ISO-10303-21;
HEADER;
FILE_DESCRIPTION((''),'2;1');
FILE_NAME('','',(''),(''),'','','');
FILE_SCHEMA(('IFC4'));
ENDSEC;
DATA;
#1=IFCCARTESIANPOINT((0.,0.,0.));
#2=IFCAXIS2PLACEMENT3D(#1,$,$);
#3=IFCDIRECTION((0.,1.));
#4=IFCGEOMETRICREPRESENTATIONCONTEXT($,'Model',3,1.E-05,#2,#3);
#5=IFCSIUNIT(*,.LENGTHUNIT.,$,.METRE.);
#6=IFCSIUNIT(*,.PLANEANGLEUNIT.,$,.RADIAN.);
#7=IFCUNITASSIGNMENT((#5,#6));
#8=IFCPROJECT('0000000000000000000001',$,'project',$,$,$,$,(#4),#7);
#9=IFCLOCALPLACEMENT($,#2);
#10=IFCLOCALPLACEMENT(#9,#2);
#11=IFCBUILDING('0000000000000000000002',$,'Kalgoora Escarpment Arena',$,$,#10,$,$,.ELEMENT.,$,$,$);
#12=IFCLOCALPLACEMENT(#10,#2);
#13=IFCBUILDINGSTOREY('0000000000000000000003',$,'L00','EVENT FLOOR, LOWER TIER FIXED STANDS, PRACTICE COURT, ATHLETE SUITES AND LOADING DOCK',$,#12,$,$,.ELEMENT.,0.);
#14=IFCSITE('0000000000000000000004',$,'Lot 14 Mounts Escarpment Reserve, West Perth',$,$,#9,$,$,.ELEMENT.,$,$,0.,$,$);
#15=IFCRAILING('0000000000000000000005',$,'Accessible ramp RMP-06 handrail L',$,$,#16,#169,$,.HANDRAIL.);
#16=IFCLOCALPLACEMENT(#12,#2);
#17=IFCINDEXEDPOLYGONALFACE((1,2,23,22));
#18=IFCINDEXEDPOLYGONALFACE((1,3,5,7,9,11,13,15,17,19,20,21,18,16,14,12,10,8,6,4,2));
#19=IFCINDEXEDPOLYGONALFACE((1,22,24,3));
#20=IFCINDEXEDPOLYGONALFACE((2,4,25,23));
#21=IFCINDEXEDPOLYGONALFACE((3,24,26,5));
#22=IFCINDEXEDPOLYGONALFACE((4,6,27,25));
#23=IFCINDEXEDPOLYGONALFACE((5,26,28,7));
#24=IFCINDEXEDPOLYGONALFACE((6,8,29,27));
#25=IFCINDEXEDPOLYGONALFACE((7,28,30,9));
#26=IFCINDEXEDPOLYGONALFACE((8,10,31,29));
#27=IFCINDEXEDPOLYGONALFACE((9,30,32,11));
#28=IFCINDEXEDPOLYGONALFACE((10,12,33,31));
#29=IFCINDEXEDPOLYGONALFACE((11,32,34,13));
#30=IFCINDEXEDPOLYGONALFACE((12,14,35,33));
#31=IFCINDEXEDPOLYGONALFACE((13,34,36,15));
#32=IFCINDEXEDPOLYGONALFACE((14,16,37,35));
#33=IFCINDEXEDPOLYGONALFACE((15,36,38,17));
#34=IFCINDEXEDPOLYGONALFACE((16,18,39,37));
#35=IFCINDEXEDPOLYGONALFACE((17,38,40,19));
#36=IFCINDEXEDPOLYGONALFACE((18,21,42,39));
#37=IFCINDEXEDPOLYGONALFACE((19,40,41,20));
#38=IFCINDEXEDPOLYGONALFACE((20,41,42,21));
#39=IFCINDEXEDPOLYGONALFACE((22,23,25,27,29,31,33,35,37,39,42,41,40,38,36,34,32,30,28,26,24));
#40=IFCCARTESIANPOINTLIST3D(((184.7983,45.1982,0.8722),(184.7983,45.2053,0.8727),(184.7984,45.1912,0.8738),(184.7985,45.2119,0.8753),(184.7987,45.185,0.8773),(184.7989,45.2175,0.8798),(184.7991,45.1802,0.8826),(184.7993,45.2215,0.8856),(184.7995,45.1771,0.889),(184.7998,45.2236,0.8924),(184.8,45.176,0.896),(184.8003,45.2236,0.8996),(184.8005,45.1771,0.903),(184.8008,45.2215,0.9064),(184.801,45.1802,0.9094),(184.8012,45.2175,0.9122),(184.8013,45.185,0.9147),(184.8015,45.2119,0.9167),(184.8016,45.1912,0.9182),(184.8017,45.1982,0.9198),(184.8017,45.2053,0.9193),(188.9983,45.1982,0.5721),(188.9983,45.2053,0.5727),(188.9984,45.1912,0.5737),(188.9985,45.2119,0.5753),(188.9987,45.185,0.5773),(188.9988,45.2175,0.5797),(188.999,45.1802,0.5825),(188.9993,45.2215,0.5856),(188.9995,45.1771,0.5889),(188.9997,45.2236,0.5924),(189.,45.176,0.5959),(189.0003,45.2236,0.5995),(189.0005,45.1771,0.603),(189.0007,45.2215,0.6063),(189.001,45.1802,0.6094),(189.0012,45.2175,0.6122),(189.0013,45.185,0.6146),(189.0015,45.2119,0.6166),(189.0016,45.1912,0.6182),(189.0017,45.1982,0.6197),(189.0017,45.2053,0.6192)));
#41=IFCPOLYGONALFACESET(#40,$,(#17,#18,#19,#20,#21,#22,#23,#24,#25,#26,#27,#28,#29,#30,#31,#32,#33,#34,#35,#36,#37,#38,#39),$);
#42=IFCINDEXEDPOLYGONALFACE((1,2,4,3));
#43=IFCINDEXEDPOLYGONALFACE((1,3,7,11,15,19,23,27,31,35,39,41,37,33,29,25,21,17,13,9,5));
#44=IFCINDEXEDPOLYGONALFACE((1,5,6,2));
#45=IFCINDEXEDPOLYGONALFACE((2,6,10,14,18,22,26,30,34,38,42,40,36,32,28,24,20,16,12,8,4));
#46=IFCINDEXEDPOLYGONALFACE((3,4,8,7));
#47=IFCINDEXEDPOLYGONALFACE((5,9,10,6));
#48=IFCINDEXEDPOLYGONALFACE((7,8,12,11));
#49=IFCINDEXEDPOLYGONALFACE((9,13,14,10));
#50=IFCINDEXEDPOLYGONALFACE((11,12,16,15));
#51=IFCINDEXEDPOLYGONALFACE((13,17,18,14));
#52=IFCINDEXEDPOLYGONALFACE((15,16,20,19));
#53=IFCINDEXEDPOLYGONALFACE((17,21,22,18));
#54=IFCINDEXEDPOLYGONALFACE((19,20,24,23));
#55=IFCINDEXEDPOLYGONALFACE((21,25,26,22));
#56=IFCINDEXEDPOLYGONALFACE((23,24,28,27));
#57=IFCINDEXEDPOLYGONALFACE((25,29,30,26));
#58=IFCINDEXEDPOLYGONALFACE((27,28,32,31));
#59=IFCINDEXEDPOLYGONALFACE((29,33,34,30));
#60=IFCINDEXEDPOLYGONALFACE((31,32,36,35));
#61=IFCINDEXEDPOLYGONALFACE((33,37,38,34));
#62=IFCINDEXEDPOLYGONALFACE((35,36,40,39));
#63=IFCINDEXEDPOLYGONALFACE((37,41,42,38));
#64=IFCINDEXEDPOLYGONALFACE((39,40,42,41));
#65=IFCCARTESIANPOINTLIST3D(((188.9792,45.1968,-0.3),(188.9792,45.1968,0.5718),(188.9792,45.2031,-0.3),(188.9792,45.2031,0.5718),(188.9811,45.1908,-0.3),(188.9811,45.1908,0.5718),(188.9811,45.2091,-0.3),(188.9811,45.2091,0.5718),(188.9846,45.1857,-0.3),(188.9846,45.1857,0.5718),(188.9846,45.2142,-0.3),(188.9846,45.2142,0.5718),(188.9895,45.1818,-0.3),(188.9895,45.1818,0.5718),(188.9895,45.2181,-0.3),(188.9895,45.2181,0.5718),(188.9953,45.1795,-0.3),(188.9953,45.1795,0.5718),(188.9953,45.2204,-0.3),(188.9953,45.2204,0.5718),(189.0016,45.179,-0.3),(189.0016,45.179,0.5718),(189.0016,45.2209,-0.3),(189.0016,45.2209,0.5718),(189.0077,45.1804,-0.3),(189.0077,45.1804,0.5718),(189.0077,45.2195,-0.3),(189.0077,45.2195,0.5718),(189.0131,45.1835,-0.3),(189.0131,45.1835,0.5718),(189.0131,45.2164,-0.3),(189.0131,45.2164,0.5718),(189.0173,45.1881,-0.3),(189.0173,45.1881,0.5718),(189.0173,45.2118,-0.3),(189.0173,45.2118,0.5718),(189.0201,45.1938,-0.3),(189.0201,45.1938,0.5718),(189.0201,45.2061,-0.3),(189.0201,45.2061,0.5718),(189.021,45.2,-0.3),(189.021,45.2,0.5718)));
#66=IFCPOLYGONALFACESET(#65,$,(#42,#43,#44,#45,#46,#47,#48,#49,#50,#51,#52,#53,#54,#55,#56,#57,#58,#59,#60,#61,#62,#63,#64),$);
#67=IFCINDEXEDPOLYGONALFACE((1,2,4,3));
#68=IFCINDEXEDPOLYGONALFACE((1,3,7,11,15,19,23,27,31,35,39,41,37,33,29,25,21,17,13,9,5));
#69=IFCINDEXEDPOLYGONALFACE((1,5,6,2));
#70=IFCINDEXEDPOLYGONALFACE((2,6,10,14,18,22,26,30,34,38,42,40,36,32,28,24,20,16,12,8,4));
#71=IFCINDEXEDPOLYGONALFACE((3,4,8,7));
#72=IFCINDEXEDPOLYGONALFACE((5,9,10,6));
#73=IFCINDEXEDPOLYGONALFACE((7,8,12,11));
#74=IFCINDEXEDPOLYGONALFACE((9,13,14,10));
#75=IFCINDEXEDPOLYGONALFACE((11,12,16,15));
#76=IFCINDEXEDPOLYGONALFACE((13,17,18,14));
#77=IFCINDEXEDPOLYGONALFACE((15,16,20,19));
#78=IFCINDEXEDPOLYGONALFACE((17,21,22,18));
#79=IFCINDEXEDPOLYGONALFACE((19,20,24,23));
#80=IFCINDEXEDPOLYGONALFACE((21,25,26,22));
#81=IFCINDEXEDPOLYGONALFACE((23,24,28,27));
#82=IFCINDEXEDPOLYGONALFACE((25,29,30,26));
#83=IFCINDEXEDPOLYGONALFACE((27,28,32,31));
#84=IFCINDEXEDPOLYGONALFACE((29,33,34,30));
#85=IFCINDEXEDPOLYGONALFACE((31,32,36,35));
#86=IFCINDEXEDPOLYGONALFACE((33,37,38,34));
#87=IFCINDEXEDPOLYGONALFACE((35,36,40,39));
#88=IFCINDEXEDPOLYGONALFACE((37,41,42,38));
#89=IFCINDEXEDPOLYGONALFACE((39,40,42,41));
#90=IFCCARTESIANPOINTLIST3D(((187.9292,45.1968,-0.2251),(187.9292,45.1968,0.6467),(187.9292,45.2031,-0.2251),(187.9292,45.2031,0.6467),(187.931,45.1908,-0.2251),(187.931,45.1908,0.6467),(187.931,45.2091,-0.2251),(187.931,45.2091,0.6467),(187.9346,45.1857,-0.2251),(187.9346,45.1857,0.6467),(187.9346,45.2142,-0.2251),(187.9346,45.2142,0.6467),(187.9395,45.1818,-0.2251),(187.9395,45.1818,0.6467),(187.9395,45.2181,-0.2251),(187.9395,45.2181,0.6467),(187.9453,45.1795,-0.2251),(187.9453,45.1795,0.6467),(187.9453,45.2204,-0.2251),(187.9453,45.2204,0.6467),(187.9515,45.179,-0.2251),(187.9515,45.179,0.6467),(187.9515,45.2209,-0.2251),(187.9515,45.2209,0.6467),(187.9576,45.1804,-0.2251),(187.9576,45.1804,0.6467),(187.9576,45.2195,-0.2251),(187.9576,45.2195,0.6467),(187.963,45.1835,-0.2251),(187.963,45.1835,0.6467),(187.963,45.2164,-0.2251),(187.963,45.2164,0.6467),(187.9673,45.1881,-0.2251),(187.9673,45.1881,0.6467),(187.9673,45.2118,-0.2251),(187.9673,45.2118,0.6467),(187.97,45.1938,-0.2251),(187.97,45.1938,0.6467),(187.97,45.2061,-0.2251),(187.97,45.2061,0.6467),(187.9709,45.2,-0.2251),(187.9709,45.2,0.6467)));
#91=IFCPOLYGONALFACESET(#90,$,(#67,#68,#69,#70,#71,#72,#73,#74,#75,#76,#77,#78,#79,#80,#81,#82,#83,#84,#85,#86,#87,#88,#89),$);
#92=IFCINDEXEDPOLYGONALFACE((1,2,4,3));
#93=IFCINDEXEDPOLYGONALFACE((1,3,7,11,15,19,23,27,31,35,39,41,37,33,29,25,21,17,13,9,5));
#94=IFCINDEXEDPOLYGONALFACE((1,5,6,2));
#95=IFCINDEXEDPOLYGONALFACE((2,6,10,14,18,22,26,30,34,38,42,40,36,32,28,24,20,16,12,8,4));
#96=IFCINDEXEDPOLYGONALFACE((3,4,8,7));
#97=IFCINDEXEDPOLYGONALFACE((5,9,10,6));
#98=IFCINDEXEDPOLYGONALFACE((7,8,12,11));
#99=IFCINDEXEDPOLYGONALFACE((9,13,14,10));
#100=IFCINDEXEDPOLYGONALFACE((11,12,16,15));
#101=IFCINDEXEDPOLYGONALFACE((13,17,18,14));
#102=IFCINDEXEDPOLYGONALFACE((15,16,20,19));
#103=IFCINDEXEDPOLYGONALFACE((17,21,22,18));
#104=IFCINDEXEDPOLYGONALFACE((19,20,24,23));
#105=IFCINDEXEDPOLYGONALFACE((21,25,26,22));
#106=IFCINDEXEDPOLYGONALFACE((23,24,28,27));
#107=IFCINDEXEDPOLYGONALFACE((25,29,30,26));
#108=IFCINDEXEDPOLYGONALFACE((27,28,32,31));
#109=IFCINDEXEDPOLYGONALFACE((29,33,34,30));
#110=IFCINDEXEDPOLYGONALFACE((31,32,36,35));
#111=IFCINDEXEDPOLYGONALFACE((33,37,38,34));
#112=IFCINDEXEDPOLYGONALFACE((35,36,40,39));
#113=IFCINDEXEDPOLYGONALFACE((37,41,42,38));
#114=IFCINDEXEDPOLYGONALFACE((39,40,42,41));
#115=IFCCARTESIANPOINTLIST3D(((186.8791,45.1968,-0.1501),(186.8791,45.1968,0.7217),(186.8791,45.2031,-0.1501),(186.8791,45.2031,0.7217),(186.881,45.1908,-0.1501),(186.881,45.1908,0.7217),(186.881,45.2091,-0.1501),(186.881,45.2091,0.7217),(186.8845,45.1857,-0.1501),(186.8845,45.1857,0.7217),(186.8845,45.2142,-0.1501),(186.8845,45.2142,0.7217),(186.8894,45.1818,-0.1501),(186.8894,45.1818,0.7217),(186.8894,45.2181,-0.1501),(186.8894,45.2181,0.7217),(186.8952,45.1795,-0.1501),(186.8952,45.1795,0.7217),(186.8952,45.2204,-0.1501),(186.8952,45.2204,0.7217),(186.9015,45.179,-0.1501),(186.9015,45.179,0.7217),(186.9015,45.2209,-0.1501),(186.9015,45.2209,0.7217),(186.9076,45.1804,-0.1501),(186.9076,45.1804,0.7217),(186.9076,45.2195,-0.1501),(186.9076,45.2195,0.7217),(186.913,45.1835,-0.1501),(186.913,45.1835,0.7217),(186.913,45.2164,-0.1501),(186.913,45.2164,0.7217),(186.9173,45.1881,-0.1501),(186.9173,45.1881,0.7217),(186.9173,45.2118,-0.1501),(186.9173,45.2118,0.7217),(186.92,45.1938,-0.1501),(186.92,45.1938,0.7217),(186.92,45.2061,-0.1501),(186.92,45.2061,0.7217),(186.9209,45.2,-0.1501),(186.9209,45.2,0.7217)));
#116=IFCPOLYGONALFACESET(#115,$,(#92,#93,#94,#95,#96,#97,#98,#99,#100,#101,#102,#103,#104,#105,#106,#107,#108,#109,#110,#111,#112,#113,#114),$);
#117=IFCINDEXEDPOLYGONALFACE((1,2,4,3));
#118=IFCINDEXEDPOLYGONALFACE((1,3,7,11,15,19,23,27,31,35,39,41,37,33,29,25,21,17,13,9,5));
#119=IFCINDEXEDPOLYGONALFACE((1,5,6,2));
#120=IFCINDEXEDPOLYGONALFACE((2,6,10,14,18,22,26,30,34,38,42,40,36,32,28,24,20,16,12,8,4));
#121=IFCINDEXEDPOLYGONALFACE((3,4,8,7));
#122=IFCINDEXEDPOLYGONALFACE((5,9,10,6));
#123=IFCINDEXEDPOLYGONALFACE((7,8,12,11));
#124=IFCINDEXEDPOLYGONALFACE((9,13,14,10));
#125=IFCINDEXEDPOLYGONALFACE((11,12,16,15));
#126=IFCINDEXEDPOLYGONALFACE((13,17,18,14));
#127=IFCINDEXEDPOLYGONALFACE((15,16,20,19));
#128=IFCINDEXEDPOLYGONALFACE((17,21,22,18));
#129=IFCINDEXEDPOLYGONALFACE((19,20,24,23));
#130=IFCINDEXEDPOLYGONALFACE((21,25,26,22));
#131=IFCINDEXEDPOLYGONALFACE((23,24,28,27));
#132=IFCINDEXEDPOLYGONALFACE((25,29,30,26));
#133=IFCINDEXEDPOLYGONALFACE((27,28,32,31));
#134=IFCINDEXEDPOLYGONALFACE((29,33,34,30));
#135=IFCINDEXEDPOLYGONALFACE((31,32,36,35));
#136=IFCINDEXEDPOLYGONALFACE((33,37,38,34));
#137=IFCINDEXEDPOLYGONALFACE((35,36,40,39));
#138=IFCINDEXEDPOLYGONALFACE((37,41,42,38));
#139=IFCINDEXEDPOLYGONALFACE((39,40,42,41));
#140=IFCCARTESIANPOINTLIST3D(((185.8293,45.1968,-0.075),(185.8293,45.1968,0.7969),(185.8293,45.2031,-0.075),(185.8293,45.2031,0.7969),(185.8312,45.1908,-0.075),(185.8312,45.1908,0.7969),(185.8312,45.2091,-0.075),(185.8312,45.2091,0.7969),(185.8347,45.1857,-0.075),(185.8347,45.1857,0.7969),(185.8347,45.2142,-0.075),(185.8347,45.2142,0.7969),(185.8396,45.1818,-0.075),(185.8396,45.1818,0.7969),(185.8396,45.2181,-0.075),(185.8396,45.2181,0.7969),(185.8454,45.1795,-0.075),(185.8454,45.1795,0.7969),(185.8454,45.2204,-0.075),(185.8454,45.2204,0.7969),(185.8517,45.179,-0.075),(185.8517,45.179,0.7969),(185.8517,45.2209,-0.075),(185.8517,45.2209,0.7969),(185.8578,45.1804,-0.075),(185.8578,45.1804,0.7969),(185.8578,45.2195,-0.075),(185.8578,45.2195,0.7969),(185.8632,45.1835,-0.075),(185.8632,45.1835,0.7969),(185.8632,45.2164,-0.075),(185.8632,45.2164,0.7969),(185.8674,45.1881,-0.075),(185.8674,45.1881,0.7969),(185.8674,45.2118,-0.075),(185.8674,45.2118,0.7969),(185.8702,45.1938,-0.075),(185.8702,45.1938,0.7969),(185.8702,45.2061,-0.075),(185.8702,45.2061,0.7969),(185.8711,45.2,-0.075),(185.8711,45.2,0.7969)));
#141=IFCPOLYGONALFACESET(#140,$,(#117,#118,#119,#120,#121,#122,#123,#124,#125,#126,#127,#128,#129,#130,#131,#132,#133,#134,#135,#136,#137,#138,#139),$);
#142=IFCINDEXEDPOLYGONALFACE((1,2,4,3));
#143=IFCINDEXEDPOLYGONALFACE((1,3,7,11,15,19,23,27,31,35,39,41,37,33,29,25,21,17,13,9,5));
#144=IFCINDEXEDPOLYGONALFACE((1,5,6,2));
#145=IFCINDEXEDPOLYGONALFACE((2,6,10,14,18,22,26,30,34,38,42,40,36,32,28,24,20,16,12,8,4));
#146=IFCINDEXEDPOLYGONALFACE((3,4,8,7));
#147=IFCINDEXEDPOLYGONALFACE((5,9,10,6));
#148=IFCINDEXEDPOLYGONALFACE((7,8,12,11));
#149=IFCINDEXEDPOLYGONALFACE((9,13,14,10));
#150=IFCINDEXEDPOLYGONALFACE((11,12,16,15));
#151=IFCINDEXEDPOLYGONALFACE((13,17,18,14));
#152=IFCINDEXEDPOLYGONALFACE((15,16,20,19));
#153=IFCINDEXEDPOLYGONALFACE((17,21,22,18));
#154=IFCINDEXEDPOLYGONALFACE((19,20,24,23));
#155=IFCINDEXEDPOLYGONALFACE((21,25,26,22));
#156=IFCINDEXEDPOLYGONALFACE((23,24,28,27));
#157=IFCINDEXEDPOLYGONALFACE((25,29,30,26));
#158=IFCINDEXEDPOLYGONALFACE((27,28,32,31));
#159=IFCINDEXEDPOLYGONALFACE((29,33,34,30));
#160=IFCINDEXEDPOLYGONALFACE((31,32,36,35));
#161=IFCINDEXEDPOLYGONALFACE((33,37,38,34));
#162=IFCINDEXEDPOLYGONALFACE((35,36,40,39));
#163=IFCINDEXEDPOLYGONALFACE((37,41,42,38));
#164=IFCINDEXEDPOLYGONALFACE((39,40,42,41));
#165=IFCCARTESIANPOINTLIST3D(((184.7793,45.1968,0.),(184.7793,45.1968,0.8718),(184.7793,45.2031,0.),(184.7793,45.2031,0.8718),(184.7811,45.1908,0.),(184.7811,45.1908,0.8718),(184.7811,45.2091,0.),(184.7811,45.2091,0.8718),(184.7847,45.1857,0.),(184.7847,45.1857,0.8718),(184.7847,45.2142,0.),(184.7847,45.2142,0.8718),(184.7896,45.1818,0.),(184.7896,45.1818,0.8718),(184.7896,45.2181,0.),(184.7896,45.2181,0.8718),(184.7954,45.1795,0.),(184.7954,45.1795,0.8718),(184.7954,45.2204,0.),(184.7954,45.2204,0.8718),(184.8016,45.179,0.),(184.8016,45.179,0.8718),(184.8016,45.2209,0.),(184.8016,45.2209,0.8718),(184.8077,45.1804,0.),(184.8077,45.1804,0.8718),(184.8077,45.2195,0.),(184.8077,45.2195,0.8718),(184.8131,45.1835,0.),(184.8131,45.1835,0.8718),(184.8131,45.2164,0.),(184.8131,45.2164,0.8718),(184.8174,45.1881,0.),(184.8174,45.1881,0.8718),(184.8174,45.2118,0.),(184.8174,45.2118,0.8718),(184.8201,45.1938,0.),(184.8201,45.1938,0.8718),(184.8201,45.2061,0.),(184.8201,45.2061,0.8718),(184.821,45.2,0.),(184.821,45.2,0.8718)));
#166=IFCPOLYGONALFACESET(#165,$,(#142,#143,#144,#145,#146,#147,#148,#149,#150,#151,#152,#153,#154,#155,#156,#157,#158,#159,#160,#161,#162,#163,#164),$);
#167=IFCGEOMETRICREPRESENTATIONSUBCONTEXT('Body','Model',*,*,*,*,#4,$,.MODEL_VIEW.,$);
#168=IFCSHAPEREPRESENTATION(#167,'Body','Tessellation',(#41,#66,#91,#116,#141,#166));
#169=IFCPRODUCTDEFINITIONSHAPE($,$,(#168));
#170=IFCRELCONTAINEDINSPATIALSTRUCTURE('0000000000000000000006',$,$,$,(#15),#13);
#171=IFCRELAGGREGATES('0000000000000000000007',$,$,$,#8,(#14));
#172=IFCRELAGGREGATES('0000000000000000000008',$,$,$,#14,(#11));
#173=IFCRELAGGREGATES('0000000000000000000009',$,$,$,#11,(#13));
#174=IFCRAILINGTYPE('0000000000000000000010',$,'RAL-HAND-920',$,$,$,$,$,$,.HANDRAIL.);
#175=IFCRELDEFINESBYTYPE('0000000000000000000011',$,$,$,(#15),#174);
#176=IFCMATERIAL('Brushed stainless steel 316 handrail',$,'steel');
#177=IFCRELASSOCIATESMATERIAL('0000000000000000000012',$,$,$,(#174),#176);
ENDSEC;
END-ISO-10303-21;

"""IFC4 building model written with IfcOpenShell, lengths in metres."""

from ifc_helpers import new_model, si_unit, direction, frame, origin, origin_2d, place, context, subcontext, project, spatial, circle, extrude, material, type_object, element, save


model = new_model("IFC4")

# Units and contexts
model_context = context("Model", 3, precision=1e-05, world=origin(), true_north=direction((0.0, 1.0)))
body_context = subcontext(model_context, "Body", "Model", "MODEL_VIEW")
ifc_project = project(units=[si_unit("LENGTHUNIT", "METRE"), si_unit("PLANEANGLEUNIT", "RADIAN")], contexts=[model_context])

# Site, building, storey
site_placement = place(None, origin())
site = spatial("IfcSite", under=ifc_project, at=site_placement, Name="Lot 14 Mounts Escarpment Reserve, West Perth", CompositionType="ELEMENT", RefElevation=0.0)
building_placement = place(site_placement, origin())
building = spatial("IfcBuilding", under=site, at=building_placement, Name="Kalgoora Escarpment Arena", CompositionType="ELEMENT")
storey_placement = place(building_placement, origin())
storey = spatial("IfcBuildingStorey", under=building, at=storey_placement, Name="L00", Description="EVENT FLOOR, LOWER TIER FIXED STANDS, PRACTICE COURT, ATHLETE SUITES AND LOADING DOCK", CompositionType="ELEMENT", Elevation=0.0)

# Railing
ifc_material_1 = material(Name="Brushed stainless steel 316 handrail", Category="steel")
railing_type = type_object("IfcRailingType", Name="RAL-HAND-920", PredefinedType="HANDRAIL", material=ifc_material_1)
for number, where, name in (
    (1, (189.0, 45.2, -0.3), "Accessible ramp RMP-06 handrail L"),
):
    element("IfcRailing", number, at=place(storey_placement, frame(where)), inside=storey, type_object=railing_type, Name=name, PredefinedType="HANDRAIL", context=body_context, shape_type="SweptSolid", body=[
        extrude(circle(Radius=0.0239, at=origin_2d()), frame((0.0, 0.0, 0.896), z_axis=(-0.997458, 0.0, 0.071259), x_axis=(0.0, -1.0, 0.0)), (0.0, 0.0, 1.0), 4.2107),
        extrude(circle(Radius=0.021, at=origin_2d()), origin(), (0.0, 0.0, 1.0), 0.8718),
        extrude(circle(Radius=0.021, at=origin_2d()), frame((-1.05, 0.0, 0.075)), (0.0, 0.0, 1.0), 0.8718),
        extrude(circle(Radius=0.021, at=origin_2d()), frame((-2.1001, 0.0, 0.1499)), (0.0, 0.0, 1.0), 0.8718),
        extrude(circle(Radius=0.021, at=origin_2d()), frame((-3.1499, 0.0, 0.2251)), (0.0, 0.0, 1.0), 0.8718),
        extrude(circle(Radius=0.021, at=origin_2d()), frame((-4.2, 0.0, 0.3)), (0.0, 0.0, 1.0), 0.8718),
    ])

save(model, "model.ifc")
